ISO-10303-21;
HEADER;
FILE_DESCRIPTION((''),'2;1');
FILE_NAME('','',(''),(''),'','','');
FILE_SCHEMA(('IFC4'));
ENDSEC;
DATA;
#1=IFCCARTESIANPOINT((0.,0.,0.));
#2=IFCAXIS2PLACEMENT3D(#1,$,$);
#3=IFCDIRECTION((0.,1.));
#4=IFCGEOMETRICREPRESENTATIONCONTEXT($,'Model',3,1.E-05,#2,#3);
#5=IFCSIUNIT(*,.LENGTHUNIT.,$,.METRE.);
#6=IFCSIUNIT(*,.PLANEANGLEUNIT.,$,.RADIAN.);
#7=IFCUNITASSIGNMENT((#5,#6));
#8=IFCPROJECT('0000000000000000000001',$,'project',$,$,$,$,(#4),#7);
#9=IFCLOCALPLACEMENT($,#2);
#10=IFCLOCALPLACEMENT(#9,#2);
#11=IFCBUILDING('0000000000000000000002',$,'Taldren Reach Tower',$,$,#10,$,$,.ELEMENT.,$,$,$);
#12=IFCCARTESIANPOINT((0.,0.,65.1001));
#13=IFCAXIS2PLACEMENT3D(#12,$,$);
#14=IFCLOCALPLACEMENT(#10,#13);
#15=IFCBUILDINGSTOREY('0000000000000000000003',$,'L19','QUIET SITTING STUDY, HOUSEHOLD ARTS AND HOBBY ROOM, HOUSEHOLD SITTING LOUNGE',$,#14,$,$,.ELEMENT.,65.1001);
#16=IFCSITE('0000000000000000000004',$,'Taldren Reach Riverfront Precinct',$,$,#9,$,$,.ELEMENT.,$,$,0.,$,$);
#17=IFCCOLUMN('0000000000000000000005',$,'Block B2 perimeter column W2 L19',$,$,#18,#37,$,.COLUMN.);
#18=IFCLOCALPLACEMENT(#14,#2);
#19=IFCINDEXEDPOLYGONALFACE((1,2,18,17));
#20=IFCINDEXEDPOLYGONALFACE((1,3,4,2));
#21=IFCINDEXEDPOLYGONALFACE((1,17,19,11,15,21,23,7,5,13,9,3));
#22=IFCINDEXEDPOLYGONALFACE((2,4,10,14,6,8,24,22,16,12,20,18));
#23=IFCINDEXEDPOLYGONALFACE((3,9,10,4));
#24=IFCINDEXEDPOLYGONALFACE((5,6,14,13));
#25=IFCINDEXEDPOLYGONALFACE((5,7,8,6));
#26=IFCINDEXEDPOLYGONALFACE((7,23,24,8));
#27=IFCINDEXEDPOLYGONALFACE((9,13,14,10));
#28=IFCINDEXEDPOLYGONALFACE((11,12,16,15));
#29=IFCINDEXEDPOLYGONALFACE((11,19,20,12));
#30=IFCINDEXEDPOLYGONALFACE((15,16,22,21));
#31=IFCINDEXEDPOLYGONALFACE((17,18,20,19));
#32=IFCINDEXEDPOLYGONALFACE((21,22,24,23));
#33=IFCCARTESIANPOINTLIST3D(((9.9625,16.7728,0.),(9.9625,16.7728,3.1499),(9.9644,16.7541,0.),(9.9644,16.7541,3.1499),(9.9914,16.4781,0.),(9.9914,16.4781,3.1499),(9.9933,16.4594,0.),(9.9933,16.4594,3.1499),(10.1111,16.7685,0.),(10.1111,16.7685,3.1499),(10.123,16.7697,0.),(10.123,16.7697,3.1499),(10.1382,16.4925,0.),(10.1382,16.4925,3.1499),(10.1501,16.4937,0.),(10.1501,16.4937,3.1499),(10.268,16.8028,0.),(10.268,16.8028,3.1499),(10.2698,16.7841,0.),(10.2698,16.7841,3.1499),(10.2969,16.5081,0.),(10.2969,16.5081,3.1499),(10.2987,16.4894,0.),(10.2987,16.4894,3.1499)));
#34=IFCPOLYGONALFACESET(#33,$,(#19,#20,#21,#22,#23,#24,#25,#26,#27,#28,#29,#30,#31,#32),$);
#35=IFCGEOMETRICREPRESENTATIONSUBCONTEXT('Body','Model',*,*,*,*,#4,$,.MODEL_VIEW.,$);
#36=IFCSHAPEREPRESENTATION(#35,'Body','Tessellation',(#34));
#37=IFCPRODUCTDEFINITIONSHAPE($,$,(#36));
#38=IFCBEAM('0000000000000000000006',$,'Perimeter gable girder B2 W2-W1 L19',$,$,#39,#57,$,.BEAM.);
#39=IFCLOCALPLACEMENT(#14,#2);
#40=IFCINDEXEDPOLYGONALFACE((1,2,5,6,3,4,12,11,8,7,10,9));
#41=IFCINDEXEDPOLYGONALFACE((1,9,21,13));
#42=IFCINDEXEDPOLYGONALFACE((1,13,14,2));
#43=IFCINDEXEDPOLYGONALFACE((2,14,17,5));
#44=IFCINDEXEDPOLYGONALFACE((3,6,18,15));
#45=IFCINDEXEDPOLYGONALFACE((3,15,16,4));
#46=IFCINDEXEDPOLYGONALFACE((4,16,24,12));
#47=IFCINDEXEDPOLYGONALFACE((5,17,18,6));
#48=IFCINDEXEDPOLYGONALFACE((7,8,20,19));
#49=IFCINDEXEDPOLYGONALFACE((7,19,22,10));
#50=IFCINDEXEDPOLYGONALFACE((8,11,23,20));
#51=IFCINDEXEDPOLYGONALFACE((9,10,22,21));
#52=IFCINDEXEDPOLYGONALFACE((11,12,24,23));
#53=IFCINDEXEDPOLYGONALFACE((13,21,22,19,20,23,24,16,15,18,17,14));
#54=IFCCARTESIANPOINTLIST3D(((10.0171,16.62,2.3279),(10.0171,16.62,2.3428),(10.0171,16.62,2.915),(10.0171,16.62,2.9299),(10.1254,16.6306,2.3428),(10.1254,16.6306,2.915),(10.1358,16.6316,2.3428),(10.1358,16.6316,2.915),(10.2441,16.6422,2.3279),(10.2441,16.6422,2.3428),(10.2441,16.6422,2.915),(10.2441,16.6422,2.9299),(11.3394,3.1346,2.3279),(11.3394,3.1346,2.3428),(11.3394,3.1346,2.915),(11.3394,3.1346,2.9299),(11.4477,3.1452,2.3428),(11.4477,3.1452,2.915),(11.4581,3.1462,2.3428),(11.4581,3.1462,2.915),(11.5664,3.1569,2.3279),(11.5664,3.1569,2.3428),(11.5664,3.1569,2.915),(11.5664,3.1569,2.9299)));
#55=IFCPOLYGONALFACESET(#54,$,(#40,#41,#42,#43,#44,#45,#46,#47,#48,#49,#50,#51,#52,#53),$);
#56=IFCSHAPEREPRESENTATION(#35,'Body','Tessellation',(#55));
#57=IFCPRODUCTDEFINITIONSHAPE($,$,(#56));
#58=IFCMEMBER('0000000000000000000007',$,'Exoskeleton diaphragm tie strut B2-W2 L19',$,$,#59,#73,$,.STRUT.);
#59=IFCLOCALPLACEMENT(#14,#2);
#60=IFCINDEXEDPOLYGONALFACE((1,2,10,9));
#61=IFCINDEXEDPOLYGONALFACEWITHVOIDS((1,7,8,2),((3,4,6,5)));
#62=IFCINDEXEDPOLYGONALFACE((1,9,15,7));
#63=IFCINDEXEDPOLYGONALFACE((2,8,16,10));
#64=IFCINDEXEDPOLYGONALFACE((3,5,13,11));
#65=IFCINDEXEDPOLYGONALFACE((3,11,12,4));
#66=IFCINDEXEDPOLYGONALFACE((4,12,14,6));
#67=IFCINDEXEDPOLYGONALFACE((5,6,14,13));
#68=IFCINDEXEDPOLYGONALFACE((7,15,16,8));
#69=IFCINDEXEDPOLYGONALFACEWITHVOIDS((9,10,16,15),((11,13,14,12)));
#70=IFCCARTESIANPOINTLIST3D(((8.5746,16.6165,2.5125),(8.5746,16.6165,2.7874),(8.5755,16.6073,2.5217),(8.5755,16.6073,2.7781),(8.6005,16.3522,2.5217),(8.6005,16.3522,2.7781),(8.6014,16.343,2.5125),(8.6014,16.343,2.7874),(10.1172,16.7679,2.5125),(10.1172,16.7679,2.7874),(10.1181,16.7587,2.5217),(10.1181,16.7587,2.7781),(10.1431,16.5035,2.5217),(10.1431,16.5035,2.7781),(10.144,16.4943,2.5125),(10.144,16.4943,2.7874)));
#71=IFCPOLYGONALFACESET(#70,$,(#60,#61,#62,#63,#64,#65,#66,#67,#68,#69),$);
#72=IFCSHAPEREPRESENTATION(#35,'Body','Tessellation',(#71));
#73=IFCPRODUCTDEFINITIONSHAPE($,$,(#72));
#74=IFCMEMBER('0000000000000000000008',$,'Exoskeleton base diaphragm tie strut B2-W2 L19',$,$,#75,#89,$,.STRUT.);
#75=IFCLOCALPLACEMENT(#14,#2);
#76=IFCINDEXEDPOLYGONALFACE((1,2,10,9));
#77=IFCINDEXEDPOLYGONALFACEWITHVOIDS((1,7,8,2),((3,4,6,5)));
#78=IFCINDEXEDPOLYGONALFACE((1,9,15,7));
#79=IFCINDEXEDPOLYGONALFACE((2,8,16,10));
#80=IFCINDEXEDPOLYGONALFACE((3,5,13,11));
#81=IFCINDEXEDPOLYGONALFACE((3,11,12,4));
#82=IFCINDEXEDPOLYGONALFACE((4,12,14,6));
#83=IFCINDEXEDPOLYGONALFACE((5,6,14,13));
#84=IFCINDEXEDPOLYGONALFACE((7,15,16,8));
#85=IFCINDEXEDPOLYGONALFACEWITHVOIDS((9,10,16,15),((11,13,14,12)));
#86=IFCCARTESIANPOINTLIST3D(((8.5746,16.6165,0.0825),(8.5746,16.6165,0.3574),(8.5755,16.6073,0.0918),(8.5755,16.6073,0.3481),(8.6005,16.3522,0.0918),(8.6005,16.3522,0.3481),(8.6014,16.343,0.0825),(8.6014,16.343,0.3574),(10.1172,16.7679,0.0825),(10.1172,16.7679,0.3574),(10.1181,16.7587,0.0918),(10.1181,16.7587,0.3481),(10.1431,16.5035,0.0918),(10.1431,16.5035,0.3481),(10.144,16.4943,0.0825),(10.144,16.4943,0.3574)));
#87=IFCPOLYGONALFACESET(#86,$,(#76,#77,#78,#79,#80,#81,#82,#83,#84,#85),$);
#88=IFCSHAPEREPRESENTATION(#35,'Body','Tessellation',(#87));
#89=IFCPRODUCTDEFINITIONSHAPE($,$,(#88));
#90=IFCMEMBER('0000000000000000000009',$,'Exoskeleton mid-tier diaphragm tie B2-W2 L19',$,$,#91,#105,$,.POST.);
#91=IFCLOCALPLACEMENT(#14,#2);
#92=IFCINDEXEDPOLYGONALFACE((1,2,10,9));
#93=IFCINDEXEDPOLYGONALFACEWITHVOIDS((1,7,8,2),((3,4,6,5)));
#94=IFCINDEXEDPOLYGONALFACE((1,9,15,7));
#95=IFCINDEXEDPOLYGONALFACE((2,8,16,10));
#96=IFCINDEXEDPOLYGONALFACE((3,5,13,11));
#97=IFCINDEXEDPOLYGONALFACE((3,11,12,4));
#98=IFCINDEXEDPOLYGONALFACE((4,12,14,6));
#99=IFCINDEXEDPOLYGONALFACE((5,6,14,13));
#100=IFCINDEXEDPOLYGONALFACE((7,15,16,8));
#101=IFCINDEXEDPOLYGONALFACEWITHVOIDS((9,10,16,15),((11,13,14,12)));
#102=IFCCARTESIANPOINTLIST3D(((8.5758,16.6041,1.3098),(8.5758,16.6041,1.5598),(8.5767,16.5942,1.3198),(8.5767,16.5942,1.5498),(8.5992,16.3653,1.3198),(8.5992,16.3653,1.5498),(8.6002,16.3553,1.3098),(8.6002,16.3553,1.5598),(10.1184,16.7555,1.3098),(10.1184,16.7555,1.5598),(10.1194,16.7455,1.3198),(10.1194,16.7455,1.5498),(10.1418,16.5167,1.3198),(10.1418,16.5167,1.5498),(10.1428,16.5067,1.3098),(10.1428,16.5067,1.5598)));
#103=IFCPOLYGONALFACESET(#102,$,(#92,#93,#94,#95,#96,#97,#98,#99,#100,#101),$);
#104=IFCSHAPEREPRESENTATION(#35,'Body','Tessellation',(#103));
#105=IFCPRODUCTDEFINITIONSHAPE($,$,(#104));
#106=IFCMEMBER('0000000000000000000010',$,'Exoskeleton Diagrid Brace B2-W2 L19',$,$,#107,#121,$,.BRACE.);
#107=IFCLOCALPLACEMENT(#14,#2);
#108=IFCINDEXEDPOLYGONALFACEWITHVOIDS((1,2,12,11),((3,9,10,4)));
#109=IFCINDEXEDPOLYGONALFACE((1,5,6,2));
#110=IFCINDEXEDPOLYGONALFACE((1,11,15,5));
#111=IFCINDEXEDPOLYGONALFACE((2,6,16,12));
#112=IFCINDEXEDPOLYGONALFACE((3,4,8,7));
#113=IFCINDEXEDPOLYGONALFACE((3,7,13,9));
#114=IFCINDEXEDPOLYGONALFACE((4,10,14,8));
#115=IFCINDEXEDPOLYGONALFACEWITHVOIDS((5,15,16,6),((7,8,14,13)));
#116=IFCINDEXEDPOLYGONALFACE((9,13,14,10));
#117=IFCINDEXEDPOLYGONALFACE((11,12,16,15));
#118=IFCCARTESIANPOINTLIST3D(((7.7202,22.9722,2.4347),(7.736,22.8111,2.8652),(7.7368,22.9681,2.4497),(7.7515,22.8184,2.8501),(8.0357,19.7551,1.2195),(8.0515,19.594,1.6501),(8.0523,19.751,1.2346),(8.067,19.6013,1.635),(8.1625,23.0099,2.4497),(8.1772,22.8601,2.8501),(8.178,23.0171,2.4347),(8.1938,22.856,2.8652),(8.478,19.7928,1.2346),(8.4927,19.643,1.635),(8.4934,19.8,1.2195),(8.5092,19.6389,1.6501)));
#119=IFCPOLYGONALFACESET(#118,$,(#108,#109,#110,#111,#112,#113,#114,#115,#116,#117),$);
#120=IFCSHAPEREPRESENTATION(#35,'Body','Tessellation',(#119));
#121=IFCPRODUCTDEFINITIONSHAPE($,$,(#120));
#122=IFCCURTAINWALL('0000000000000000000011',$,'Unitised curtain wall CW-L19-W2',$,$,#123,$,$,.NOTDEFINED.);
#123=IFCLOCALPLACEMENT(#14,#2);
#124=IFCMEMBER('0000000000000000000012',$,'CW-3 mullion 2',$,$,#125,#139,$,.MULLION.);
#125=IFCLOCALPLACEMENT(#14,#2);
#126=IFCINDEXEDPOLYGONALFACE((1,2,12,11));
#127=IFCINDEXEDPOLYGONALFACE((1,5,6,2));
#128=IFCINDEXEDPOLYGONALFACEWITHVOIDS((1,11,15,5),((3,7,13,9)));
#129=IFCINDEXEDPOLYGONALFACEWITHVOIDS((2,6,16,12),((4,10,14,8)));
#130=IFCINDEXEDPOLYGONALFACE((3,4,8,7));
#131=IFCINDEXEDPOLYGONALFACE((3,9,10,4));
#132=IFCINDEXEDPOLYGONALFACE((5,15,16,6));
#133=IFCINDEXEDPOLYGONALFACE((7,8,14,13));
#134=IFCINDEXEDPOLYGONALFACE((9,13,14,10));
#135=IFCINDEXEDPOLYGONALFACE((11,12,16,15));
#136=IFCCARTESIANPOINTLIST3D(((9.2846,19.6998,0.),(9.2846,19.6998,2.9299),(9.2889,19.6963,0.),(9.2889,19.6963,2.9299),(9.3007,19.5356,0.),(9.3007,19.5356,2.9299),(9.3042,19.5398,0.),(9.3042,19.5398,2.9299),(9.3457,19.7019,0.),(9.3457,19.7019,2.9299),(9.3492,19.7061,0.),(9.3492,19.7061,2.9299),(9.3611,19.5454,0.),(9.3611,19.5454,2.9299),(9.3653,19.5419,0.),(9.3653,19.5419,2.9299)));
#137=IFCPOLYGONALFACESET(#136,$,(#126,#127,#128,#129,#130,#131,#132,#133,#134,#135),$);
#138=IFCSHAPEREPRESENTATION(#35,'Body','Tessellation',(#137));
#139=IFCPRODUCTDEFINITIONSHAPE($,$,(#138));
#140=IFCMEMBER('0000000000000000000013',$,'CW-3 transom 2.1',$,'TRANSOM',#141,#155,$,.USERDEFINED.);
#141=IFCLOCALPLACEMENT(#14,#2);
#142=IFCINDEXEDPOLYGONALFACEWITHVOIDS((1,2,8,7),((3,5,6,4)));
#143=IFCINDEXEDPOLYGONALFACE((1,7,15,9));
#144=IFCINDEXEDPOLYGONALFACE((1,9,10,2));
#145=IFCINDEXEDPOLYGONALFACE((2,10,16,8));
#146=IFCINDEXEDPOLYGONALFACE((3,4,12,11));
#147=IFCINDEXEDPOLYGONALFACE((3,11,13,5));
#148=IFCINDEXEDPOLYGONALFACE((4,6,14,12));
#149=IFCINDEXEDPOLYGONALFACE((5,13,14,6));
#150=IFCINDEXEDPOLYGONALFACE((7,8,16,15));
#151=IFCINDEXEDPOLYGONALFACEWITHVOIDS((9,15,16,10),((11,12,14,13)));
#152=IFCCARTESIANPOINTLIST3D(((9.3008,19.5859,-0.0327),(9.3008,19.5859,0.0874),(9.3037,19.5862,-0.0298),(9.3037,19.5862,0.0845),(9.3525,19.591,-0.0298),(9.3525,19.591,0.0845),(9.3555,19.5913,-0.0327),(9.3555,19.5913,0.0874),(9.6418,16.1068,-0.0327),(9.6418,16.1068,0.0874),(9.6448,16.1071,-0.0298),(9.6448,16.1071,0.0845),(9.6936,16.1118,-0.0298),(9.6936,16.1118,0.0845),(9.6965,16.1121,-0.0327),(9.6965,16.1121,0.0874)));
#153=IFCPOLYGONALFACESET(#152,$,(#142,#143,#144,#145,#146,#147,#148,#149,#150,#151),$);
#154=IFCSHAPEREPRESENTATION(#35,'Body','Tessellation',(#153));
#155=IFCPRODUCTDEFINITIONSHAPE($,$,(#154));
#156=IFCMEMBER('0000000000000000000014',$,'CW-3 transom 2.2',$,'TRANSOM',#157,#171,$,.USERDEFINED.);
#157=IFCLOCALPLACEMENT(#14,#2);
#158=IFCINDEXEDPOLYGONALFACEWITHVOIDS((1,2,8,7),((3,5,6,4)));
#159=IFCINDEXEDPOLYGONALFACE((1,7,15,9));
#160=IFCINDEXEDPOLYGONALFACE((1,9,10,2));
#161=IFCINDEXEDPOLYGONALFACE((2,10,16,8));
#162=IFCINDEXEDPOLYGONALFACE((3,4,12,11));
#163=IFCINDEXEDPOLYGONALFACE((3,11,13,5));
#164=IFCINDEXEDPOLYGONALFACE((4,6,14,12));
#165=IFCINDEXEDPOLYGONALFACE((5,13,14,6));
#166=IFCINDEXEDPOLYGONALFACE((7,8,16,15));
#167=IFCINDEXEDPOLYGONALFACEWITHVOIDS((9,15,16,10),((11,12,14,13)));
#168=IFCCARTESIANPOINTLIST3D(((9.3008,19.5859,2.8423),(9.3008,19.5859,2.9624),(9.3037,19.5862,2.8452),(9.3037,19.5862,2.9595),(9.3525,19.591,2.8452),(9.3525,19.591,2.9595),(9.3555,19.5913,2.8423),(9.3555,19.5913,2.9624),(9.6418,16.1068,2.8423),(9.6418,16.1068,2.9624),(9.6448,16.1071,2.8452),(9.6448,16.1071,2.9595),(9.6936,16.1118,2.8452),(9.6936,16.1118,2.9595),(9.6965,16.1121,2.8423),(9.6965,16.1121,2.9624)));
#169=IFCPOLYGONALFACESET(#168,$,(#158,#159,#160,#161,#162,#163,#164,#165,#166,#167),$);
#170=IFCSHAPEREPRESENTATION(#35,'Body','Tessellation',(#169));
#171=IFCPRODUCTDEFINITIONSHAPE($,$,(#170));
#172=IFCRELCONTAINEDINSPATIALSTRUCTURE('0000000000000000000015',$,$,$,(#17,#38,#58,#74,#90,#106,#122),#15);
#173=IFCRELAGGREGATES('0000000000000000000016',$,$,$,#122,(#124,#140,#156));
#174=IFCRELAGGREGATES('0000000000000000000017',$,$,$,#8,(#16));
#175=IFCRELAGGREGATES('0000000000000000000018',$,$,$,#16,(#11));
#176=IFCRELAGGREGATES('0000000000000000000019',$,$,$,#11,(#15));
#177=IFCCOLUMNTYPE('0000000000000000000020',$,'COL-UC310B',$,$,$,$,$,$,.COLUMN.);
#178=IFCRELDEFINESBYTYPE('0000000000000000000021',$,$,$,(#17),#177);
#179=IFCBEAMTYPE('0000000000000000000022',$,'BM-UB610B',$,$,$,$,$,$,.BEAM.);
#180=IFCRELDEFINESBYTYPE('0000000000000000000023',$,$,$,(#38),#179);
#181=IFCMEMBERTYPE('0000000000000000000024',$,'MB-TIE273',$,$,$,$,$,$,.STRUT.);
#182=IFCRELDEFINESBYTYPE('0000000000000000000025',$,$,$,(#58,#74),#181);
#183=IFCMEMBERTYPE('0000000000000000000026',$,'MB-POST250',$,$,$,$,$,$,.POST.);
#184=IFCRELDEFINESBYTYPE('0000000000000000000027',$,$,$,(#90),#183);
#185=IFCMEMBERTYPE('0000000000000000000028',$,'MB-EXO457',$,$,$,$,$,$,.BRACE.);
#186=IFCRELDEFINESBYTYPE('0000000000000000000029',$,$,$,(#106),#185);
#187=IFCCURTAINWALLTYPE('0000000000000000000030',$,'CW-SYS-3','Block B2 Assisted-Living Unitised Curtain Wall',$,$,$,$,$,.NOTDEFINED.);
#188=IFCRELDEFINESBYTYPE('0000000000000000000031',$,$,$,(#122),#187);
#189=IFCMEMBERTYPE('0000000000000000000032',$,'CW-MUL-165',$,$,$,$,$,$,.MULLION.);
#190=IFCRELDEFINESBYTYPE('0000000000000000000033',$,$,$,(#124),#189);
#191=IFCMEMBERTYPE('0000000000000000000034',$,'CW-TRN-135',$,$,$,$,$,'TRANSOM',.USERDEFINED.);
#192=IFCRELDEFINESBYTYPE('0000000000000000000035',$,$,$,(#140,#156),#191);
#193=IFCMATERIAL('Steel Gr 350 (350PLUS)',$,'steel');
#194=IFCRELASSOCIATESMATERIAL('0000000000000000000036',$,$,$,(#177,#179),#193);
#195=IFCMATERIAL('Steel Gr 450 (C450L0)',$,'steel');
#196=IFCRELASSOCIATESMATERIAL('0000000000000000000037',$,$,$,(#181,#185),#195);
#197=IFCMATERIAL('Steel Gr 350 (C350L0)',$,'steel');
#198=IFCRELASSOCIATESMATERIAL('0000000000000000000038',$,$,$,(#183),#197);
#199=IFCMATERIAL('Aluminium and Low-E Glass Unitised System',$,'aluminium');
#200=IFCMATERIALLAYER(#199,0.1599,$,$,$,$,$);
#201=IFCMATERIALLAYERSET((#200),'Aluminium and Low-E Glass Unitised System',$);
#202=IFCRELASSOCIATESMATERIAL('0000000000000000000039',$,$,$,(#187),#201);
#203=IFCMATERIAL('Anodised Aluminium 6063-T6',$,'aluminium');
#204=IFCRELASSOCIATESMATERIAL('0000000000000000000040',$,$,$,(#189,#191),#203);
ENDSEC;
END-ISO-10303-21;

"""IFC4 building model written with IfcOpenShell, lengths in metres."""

from ifc_helpers import new_model, si_unit, direction, frame, origin, origin_2d, place, context, subcontext, project, spatial, hollow_rectangle, i_section, extrude, source, transform, mapped, material, layer, layer_set, material_profile, profile_set, type_object, element, aggregate, save


model = new_model("IFC4")

# Units and contexts
model_context = context("Model", 3, precision=1e-05, world=origin(), true_north=direction((0.0, 1.0)))
body_context = subcontext(model_context, "Body", "Model", "MODEL_VIEW")
ifc_project = project(units=[si_unit("LENGTHUNIT", "METRE"), si_unit("PLANEANGLEUNIT", "RADIAN")], contexts=[model_context])

# Site, building, storey
site_placement = place(None, origin())
site = spatial("IfcSite", under=ifc_project, at=site_placement, Name="Taldren Reach Riverfront Precinct", CompositionType="ELEMENT", RefElevation=0.0)
building_placement = place(site_placement, origin())
building = spatial("IfcBuilding", under=site, at=building_placement, Name="Taldren Reach Tower", CompositionType="ELEMENT")
storey_placement = place(building_placement, frame((0.0, 0.0, 65.1001)))
storey = spatial("IfcBuildingStorey", under=building, at=storey_placement, Name="L19", Description="QUIET SITTING STUDY, HOUSEHOLD ARTS AND HOBBY ROOM, HOUSEHOLD SITTING LOUNGE", CompositionType="ELEMENT", Elevation=65.1001)

# Column
ifc_material_1 = material(Name="Steel Gr 350 (350PLUS)", Category="steel")
ifc_material_profile_1 = material_profile(ifc_material_1, i_section(OverallWidth=0.3069, OverallDepth=0.3149, WebThickness=0.012, FlangeThickness=0.0188, at=origin_2d()), Name="310UC118")
ifc_profile_set_1 = profile_set([ifc_material_profile_1], Name="Steel Gr 350 (350PLUS)")
column_type = type_object("IfcColumnType", Name="COL-UC310B", PredefinedType="COLUMN", material=ifc_profile_set_1)
shared_shape_1 = source(origin(), body_context, "Body", "SweptSolid", [
    extrude(i_section(OverallWidth=0.3069, OverallDepth=0.3149, WebThickness=0.012, FlangeThickness=0.0188, at=origin_2d()), origin(), (0.0, 0.0, 1.0), 3.1499),
])
column_placement = place(storey_placement, frame((10.1306, 16.6311, 0.0), z_axis=(0.0, 0.0, 1.0), x_axis=(0.995227, 0.097583, 0.0)))
element("IfcColumn", 1, at=column_placement, inside=storey, type_object=column_type, Name="Block B2 perimeter column W2 L19", PredefinedType="COLUMN", context=body_context, shape_type="MappedRepresentation", body=[
    mapped(shared_shape_1, transform((0.0, 0.0, 0.0), scale=1.0)),
])

# Beam
ifc_material_profile_2 = material_profile(ifc_material_1, i_section(OverallWidth=0.228, OverallDepth=0.6021, WebThickness=0.0105, FlangeThickness=0.0149, at=origin_2d()), Name="610UB101")
ifc_profile_set_2 = profile_set([ifc_material_profile_2], Name="Steel Gr 350 (350PLUS)")
beam_type = type_object("IfcBeamType", Name="BM-UB610B", PredefinedType="BEAM", material=ifc_profile_set_2)
shared_shape_2 = source(origin(), body_context, "Body", "SweptSolid", [
    extrude(i_section(OverallWidth=0.228, OverallDepth=0.6021, WebThickness=0.0105, FlangeThickness=0.0149, at=origin_2d()), origin(), (0.0, 0.0, 1.0), 13.55),
])
beam_placement = place(storey_placement, frame((10.1306, 16.6311, 2.6289), z_axis=(0.097584, -0.995227, 0.0), x_axis=(0.995227, 0.097584, 0.0)))
element("IfcBeam", 2, at=beam_placement, inside=storey, type_object=beam_type, Name="Perimeter gable girder B2 W2-W1 L19", PredefinedType="BEAM", context=body_context, shape_type="MappedRepresentation", body=[
    mapped(shared_shape_2, transform((0.0, 0.0, 0.0), scale=1.0)),
])

# Members
ifc_material_2 = material(Name="Steel Gr 450 (C450L0)", Category="steel")
ifc_material_profile_3 = material_profile(ifc_material_2, hollow_rectangle(XDim=0.2749, YDim=0.2749, WallThickness=0.0093, at=origin_2d()), Name="275x275x9.3SHS")
ifc_profile_set_3 = profile_set([ifc_material_profile_3], Name="Steel Gr 450 (C450L0)")
member_type_1 = type_object("IfcMemberType", Name="MB-TIE273", PredefinedType="STRUT", material=ifc_profile_set_3)
shared_shape_3 = source(origin(), body_context, "Body", "SweptSolid", [
    extrude(hollow_rectangle(XDim=0.2749, YDim=0.2749, WallThickness=0.0093, at=origin_2d()), origin(), (0.0, 0.0, 1.0), 1.55),
])
for number, where, z_axis, x_axis, name in (
    (3, (10.1306, 16.6311, 2.6499), (-0.995221, -0.097648, 0.0), (0.097648, -0.995221, 0.0), "Exoskeleton diaphragm tie strut B2-W2 L19"),
    (4, (10.1306, 16.6311, 0.22), (-0.995221, -0.097648, 0.0), (0.097648, -0.995221, 0.0), "Exoskeleton base diaphragm tie strut B2-W2 L19"),
):
    element("IfcMember", number, at=place(storey_placement, frame(where, z_axis=z_axis, x_axis=x_axis)), inside=storey, type_object=member_type_1, Name=name, PredefinedType="STRUT", context=body_context, shape_type="MappedRepresentation", body=[
        mapped(shared_shape_3, transform((0.0, 0.0, 0.0), scale=1.0)),
    ])
ifc_material_3 = material(Name="Steel Gr 350 (C350L0)", Category="steel")
ifc_material_profile_4 = material_profile(ifc_material_3, hollow_rectangle(XDim=0.25, YDim=0.25, WallThickness=0.01, at=origin_2d()), Name="250x250x10.0SHS")
ifc_profile_set_4 = profile_set([ifc_material_profile_4], Name="Steel Gr 350 (C350L0)")
member_type_2 = type_object("IfcMemberType", Name="MB-POST250", PredefinedType="POST", material=ifc_profile_set_4)
shared_shape_4 = source(origin(), body_context, "Body", "SweptSolid", [
    extrude(hollow_rectangle(XDim=0.25, YDim=0.25, WallThickness=0.01, at=origin_2d()), origin(), (0.0, 0.0, 1.0), 1.55),
])
member_1_placement = place(storey_placement, frame((10.1306, 16.6311, 1.4348), z_axis=(-0.995221, -0.097648, 0.0), x_axis=(0.097648, -0.995221, 0.0)))
element("IfcMember", 5, at=member_1_placement, inside=storey, type_object=member_type_2, Name="Exoskeleton mid-tier diaphragm tie B2-W2 L19", PredefinedType="POST", context=body_context, shape_type="MappedRepresentation", body=[
    mapped(shared_shape_4, transform((0.0, 0.0, 0.0), scale=1.0)),
])
ifc_material_profile_5 = material_profile(ifc_material_2, hollow_rectangle(XDim=0.46, YDim=0.46, WallThickness=0.0161, at=origin_2d()), Name="460x460x16.0SHS")
ifc_profile_set_5 = profile_set([ifc_material_profile_5], Name="Steel Gr 450 (C450L0)")
member_type_3 = type_object("IfcMemberType", Name="MB-EXO457", PredefinedType="BRACE", material=ifc_profile_set_5)
shared_shape_5 = source(origin(), body_context, "Body", "SweptSolid", [
    extrude(hollow_rectangle(XDim=0.46, YDim=0.46, WallThickness=0.0161, at=origin_2d()), origin(), (0.0, 0.0, 1.0), 3.4534),
])
member_2_placement = place(storey_placement, frame((8.2725, 19.697, 1.4348), z_axis=(-0.091341, 0.931584, 0.351863), x_axis=(-0.995228, -0.097582, 0.0)))
element("IfcMember", 6, at=member_2_placement, inside=storey, type_object=member_type_3, Name="Exoskeleton Diagrid Brace B2-W2 L19", PredefinedType="BRACE", context=body_context, shape_type="MappedRepresentation", body=[
    mapped(shared_shape_5, transform((0.0, 0.0, 0.0), scale=1.0)),
])

# Curtain wall, members
ifc_material_4 = material(Name="Aluminium and Low-E Glass Unitised System", Category="aluminium")
ifc_layer_1 = layer(ifc_material_4, 0.1599)
ifc_layer_set_1 = layer_set([ifc_layer_1], Name="Aluminium and Low-E Glass Unitised System")
curtain_wall_type = type_object("IfcCurtainWallType", Name="CW-SYS-3", Description="Block B2 Assisted-Living Unitised Curtain Wall", PredefinedType="NOTDEFINED", material=ifc_layer_set_1)
curtain_wall_placement = place(storey_placement, origin())
curtain_wall = element("IfcCurtainWall", 7, at=curtain_wall_placement, inside=storey, type_object=curtain_wall_type, Name="Unitised curtain wall CW-L19-W2", PredefinedType="NOTDEFINED")
ifc_material_5 = material(Name="Anodised Aluminium 6063-T6", Category="aluminium")
ifc_material_profile_6 = material_profile(ifc_material_5, hollow_rectangle(XDim=0.0649, YDim=0.165, WallThickness=0.0039, at=origin_2d()), Name="ALU-165x65x4RHS")
ifc_profile_set_6 = profile_set([ifc_material_profile_6], Name="Anodised Aluminium 6063-T6")
member_type_4 = type_object("IfcMemberType", Name="CW-MUL-165", PredefinedType="MULLION", material=ifc_profile_set_6)
shared_shape_6 = source(origin(), body_context, "Body", "SweptSolid", [
    extrude(hollow_rectangle(XDim=0.0649, YDim=0.165, WallThickness=0.0039, at=origin_2d()), origin(), (0.0, 0.0, 1.0), 2.9299),
])
member_3_placement = place(storey_placement, frame((9.325, 19.6208, 0.0), z_axis=(0.0, 0.0, 1.0), x_axis=(0.995227, 0.097583, 0.0)))
member_3 = element("IfcMember", 8, at=member_3_placement, type_object=member_type_4, Name="CW-3 mullion 2", PredefinedType="MULLION", context=body_context, shape_type="MappedRepresentation", body=[
    mapped(shared_shape_6, transform((0.0, 0.0, 0.0), scale=1.0)),
])
ifc_material_profile_7 = material_profile(ifc_material_5, hollow_rectangle(XDim=0.0549, YDim=0.1201, WallThickness=0.0029, at=origin_2d()), Name="ALU-120x55x3RHS")
ifc_profile_set_7 = profile_set([ifc_material_profile_7], Name="Anodised Aluminium 6063-T6")
member_type_5 = type_object("IfcMemberType", Name="CW-TRN-135", ElementType="TRANSOM", PredefinedType="USERDEFINED", material=ifc_profile_set_7)
shared_shape_7 = source(origin(), body_context, "Body", "SweptSolid", [
    extrude(hollow_rectangle(XDim=0.0549, YDim=0.1201, WallThickness=0.0029, at=origin_2d()), origin(), (0.0, 0.0, 1.0), 3.4958),
])
member_4_placement = place(storey_placement, frame((9.3281, 19.5886, 0.0273), z_axis=(0.097561, -0.99523, 0.0), x_axis=(0.99523, 0.097561, 0.0)))
member_4 = element("IfcMember", 9, at=member_4_placement, type_object=member_type_5, Name="CW-3 transom 2.1", ObjectType="TRANSOM", PredefinedType="USERDEFINED", context=body_context, shape_type="MappedRepresentation", body=[
    mapped(shared_shape_7, transform((0.0, 0.0, 0.0), scale=1.0)),
])
member_5_placement = place(storey_placement, frame((9.3281, 19.5886, 2.9023), z_axis=(0.097561, -0.99523, 0.0), x_axis=(0.99523, 0.097561, 0.0)))
member_5 = element("IfcMember", 10, at=member_5_placement, type_object=member_type_5, Name="CW-3 transom 2.2", ObjectType="TRANSOM", PredefinedType="USERDEFINED", context=body_context, shape_type="MappedRepresentation", body=[
    mapped(shared_shape_7, transform((0.0, 0.0, 0.0), scale=1.0)),
])
aggregate(curtain_wall, [member_3, member_4, member_5])

save(model, "model.ifc")
